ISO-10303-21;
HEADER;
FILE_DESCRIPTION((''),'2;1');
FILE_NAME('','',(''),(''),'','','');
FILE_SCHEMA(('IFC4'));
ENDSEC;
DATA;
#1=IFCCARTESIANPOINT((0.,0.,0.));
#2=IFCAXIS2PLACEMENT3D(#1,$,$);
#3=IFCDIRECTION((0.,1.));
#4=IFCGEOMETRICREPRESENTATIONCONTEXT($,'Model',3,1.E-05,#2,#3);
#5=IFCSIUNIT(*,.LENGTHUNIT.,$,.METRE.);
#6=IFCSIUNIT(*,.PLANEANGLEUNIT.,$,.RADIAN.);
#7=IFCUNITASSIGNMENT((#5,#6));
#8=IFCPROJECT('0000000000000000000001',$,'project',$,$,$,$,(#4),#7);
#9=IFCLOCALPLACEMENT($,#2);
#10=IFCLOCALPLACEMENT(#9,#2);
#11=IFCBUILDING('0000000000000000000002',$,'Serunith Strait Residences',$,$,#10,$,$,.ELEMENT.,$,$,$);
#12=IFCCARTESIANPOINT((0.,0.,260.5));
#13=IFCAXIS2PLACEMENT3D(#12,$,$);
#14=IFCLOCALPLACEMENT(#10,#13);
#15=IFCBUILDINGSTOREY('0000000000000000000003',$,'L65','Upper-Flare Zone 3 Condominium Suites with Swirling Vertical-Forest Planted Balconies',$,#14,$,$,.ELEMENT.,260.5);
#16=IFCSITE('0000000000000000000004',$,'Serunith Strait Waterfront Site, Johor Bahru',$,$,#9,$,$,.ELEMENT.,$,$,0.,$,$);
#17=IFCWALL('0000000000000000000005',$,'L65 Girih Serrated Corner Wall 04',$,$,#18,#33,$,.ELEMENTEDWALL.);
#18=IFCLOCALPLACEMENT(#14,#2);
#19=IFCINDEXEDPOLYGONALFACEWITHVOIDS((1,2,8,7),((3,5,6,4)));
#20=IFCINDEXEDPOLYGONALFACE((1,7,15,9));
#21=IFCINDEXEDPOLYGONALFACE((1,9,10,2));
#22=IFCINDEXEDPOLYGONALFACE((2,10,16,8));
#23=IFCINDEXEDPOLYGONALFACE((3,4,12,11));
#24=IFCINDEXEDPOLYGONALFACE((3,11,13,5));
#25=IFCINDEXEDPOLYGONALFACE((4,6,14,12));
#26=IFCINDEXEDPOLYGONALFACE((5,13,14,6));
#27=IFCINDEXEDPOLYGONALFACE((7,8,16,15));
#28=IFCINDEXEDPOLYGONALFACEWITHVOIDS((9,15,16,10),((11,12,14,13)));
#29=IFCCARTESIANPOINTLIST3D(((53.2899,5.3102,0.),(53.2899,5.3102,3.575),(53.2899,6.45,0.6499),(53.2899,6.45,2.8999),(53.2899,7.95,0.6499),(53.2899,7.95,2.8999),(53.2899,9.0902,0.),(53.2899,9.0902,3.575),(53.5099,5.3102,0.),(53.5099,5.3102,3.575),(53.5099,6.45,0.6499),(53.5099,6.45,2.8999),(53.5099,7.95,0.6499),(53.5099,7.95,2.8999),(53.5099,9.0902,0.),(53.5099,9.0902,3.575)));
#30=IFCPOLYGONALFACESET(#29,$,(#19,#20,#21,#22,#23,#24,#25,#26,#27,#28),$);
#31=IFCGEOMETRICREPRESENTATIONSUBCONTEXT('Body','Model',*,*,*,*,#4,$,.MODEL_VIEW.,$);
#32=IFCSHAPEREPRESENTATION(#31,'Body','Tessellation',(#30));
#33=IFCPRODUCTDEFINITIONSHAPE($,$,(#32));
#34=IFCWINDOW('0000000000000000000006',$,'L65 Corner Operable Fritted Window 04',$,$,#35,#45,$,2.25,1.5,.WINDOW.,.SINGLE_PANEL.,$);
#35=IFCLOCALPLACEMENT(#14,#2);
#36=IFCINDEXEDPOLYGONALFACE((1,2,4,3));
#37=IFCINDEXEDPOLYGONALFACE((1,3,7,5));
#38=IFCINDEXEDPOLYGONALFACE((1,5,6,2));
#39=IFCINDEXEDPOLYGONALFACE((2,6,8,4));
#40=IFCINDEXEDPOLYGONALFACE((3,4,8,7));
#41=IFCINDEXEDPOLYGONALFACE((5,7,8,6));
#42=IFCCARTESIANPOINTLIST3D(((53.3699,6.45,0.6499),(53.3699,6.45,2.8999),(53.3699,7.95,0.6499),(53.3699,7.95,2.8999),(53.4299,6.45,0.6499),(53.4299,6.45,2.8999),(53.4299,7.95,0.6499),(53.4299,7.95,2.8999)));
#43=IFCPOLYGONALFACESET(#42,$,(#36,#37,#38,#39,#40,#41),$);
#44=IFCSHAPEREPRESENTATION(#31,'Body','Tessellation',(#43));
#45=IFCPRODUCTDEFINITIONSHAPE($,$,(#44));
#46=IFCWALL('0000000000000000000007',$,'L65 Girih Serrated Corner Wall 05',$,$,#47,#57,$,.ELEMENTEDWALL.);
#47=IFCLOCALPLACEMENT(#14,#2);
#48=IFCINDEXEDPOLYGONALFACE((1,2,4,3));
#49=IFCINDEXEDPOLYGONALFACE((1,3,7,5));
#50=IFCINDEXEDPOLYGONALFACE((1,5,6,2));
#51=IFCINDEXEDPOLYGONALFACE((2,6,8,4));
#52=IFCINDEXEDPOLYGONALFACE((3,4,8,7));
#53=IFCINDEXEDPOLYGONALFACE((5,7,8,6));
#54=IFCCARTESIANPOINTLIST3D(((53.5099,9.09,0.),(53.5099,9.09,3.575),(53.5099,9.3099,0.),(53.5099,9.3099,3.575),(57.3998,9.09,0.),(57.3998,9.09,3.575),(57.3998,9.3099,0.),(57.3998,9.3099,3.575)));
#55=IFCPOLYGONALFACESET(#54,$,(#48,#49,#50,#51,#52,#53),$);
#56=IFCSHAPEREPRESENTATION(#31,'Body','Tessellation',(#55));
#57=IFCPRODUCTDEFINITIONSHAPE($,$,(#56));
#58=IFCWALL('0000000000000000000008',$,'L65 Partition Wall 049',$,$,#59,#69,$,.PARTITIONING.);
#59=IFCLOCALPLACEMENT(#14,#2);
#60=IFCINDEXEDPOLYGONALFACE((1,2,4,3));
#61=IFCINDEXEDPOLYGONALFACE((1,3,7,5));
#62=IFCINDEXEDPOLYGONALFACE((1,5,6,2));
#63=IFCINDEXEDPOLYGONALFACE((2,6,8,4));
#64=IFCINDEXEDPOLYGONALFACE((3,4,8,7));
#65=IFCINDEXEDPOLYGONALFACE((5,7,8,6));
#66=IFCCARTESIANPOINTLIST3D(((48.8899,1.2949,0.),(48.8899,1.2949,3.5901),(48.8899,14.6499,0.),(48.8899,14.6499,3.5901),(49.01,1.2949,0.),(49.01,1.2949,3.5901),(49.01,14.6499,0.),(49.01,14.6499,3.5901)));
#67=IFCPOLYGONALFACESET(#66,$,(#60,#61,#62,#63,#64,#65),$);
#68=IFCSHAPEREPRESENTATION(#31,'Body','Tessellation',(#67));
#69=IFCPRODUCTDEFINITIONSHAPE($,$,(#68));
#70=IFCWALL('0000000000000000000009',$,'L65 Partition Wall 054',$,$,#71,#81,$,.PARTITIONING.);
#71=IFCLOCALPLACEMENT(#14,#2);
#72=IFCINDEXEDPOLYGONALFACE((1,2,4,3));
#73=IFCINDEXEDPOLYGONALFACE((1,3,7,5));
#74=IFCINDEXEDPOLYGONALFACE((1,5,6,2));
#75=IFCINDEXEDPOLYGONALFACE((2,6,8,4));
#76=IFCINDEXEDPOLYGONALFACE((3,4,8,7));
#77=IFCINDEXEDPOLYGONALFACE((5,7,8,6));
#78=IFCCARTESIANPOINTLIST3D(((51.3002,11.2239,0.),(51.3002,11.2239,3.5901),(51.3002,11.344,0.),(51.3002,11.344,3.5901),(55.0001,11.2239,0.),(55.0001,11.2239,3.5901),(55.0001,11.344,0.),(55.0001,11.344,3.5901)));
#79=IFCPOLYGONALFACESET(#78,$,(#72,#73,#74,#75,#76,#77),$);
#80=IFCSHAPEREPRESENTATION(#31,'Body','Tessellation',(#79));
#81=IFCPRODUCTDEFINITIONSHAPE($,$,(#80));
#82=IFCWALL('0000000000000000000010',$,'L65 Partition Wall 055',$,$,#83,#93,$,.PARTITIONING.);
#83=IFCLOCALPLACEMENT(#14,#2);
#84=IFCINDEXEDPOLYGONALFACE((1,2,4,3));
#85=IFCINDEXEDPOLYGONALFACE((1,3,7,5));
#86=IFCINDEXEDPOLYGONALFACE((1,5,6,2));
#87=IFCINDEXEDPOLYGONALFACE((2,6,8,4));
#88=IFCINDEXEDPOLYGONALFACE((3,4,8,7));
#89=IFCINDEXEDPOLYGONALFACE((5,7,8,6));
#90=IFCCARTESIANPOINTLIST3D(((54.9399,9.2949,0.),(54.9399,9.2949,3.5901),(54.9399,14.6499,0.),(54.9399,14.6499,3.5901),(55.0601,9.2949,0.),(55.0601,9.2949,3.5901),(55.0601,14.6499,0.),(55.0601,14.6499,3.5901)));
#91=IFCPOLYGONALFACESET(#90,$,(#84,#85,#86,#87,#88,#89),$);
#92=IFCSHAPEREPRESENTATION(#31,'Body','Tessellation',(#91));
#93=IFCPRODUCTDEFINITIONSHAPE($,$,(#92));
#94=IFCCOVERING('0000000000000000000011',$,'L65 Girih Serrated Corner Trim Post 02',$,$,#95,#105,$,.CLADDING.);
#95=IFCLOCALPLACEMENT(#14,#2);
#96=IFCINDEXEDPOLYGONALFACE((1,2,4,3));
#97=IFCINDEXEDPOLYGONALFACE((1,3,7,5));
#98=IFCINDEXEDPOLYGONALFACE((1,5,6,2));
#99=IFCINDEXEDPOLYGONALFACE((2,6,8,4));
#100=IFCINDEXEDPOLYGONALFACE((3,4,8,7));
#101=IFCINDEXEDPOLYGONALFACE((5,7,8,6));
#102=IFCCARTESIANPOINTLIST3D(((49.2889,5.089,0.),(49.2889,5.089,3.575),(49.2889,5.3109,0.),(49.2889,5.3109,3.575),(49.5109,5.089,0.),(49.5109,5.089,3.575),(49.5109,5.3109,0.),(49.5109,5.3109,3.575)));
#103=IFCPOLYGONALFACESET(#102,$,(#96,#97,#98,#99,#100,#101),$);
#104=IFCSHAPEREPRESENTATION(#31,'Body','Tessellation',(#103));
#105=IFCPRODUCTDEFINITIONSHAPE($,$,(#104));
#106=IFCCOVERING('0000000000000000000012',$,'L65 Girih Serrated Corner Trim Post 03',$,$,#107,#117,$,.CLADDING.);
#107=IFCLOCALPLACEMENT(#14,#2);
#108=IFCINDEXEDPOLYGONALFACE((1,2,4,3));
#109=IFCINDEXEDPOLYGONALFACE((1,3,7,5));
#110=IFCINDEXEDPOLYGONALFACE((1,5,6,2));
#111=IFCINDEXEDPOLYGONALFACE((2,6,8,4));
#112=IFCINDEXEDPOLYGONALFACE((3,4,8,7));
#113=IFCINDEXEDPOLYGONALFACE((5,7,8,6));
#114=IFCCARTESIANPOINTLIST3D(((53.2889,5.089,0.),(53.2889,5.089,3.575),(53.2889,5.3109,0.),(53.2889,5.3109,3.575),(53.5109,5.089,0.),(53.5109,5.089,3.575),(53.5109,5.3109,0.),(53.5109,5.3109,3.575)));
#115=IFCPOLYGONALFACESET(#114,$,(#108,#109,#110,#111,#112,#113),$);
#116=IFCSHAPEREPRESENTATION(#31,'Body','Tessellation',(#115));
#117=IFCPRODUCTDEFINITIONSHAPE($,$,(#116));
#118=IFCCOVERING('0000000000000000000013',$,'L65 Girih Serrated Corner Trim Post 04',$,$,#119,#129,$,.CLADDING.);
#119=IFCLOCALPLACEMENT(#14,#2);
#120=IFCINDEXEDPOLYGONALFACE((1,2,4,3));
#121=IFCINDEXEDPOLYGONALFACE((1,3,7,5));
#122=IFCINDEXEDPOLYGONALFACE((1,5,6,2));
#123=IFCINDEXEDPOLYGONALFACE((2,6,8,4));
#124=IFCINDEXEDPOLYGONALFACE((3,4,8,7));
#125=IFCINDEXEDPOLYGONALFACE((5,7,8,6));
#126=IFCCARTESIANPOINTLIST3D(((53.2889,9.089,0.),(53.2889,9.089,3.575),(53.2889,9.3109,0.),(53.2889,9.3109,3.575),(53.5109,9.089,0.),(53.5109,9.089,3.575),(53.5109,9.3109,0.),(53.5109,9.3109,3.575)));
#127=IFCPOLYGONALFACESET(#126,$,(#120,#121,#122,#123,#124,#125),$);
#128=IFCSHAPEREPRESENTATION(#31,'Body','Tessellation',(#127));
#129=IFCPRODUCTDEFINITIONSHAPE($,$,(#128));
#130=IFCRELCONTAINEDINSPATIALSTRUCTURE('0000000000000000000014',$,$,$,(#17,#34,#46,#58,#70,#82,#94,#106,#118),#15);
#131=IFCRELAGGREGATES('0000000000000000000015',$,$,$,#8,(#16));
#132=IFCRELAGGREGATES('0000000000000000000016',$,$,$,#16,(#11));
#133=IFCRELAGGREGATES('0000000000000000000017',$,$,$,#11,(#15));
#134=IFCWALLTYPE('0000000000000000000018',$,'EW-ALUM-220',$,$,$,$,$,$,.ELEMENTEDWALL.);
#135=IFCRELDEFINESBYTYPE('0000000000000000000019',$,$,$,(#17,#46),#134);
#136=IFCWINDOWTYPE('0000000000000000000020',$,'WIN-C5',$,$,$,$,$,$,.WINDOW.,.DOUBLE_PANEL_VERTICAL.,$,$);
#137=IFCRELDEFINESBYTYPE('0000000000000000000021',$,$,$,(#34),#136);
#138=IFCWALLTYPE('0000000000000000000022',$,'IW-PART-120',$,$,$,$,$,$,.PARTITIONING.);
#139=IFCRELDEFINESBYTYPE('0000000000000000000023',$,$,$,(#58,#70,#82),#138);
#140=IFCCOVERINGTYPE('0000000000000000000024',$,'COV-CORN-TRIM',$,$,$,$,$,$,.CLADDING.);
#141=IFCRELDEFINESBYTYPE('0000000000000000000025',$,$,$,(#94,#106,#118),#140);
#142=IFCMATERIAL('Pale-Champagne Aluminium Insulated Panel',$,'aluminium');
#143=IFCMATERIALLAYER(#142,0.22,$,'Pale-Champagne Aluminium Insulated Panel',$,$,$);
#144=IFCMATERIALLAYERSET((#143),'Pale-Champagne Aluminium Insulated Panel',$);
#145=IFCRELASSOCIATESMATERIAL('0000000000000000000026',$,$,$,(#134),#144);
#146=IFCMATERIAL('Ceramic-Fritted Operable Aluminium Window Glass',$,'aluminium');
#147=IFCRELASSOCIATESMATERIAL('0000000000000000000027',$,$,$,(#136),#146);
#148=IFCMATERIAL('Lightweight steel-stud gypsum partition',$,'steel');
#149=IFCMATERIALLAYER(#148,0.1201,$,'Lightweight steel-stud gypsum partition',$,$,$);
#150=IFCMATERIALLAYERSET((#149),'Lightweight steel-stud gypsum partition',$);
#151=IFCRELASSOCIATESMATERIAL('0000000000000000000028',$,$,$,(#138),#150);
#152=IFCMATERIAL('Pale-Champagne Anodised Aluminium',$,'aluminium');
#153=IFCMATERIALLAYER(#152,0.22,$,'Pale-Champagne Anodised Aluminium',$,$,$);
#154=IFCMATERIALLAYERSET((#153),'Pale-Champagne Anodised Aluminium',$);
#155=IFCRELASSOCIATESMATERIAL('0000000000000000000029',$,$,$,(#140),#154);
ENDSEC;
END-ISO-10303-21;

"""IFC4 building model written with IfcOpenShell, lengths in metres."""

from ifc_helpers import new_model, si_unit, direction, frame, frame_2d, origin, origin_2d, place, context, subcontext, project, spatial, rectangle, extrude, source, transform, mapped, material, layer, layer_set, type_object, element, fill, save


model = new_model("IFC4")

# Units and contexts
model_context = context("Model", 3, precision=1e-05, world=origin(), true_north=direction((0.0, 1.0)))
body_context = subcontext(model_context, "Body", "Model", "MODEL_VIEW")
ifc_project = project(units=[si_unit("LENGTHUNIT", "METRE"), si_unit("PLANEANGLEUNIT", "RADIAN")], contexts=[model_context])

# Site, building, storey
site_placement = place(None, origin())
site = spatial("IfcSite", under=ifc_project, at=site_placement, Name="Serunith Strait Waterfront Site, Johor Bahru", CompositionType="ELEMENT", RefElevation=0.0)
building_placement = place(site_placement, origin())
building = spatial("IfcBuilding", under=site, at=building_placement, Name="Serunith Strait Residences", CompositionType="ELEMENT")
storey_placement = place(building_placement, frame((0.0, 0.0, 260.5)))
storey = spatial("IfcBuildingStorey", under=building, at=storey_placement, Name="L65", Description="Upper-Flare Zone 3 Condominium Suites with Swirling Vertical-Forest Planted Balconies", CompositionType="ELEMENT", Elevation=260.5)

# Shared definitions
ifc_material_1 = material(Name="Pale-Champagne Anodised Aluminium", Category="aluminium")

# Shared definitions
ifc_material_2 = material(Name="Pale-Champagne Aluminium Insulated Panel", Category="aluminium")
ifc_layer_1 = layer(ifc_material_2, 0.22, Name="Pale-Champagne Aluminium Insulated Panel")
ifc_layer_set_1 = layer_set([ifc_layer_1], Name="Pale-Champagne Aluminium Insulated Panel")
wall_type_1 = type_object("IfcWallType", Name="EW-ALUM-220", PredefinedType="ELEMENTEDWALL", material=ifc_layer_set_1)

# Wall, opening, window
ifc_material_3 = material(Name="Ceramic-Fritted Operable Aluminium Window Glass", Category="aluminium")
window_type = type_object("IfcWindowType", Name="WIN-C5", PartitioningType="DOUBLE_PANEL_VERTICAL", PredefinedType="WINDOW", material=ifc_material_3)
shared_shape_1 = source(origin(), body_context, "Body", "SweptSolid", [
    extrude(rectangle(XDim=1.5, YDim=2.25, at=frame_2d((0.75, 1.125))), frame((0.0, 0.03, 0.0), z_axis=(0.0, -1.0, 0.0), x_axis=(1.0, 0.0, 0.0)), (0.0, 0.0, 1.0), 0.0601),
])
wall_1_placement = place(storey_placement, frame((53.3999, 5.3101, 0.0), z_axis=(0.0, 0.0, 1.0), x_axis=(0.0, 1.0, 0.0)))
wall_1 = element("IfcWall", 1, at=wall_1_placement, inside=storey, type_object=wall_type_1, Name="L65 Girih Serrated Corner Wall 04", PredefinedType="ELEMENTEDWALL", context=body_context, shape_type="SweptSolid", body=[
    extrude(rectangle(XDim=3.78, YDim=0.22, at=frame_2d((1.8901, 0.0))), origin(), (0.0, 0.0, 1.0), 3.575),
])
opening_1_placement = place(wall_1_placement, frame((1.1399, 0.0, 0.6499)))
opening_1 = element("IfcOpeningElement", 2, at=opening_1_placement, cuts=wall_1, PredefinedType="OPENING", context=body_context, shape_type="SweptSolid", body=[
    extrude(rectangle(XDim=1.5, YDim=2.25, at=frame_2d((0.75, 1.125))), frame((0.0, 0.1201, 0.0), z_axis=(0.0, -1.0, 0.0), x_axis=(1.0, 0.0, 0.0)), (0.0, 0.0, 1.0), 0.24),
])
window_1_placement = place(opening_1_placement, origin())
window_1 = element("IfcWindow", 3, at=window_1_placement, inside=storey, type_object=window_type, Name="L65 Corner Operable Fritted Window 04", OverallHeight=2.25, OverallWidth=1.5, PartitioningType="SINGLE_PANEL", PredefinedType="WINDOW", context=body_context, shape_type="MappedRepresentation", body=[
    mapped(shared_shape_1, transform((0.0, 0.0, 0.0), scale=1.0)),
])
fill(opening_1, window_1)

# Walls
wall_2_placement = place(storey_placement, frame((53.51, 9.2, 0.0), z_axis=(0.0, 0.0, 1.0), x_axis=(1.0, 0.0, 0.0)))
element("IfcWall", 4, at=wall_2_placement, inside=storey, type_object=wall_type_1, Name="L65 Girih Serrated Corner Wall 05", PredefinedType="ELEMENTEDWALL", context=body_context, shape_type="SweptSolid", body=[
    extrude(rectangle(XDim=3.8899, YDim=0.22, at=frame_2d((1.9448, 0.0))), origin(), (0.0, 0.0, 1.0), 3.575),
])
ifc_material_4 = material(Name="Lightweight steel-stud gypsum partition", Category="steel")
ifc_layer_2 = layer(ifc_material_4, 0.1201, Name="Lightweight steel-stud gypsum partition")
ifc_layer_set_2 = layer_set([ifc_layer_2], Name="Lightweight steel-stud gypsum partition")
wall_type_2 = type_object("IfcWallType", Name="IW-PART-120", PredefinedType="PARTITIONING", material=ifc_layer_set_2)
wall_3_placement = place(storey_placement, frame((48.95, 1.2949, 0.0), z_axis=(0.0, 0.0, 1.0), x_axis=(0.0, 1.0, 0.0)))
element("IfcWall", 5, at=wall_3_placement, inside=storey, type_object=wall_type_2, Name="L65 Partition Wall 049", PredefinedType="PARTITIONING", context=body_context, shape_type="SweptSolid", body=[
    extrude(rectangle(XDim=13.355, YDim=0.1201, at=frame_2d((6.6775, 0.0))), origin(), (0.0, 0.0, 1.0), 3.5901),
])
wall_4_placement = place(storey_placement, frame((51.3, 11.2839, 0.0), z_axis=(0.0, 0.0, 1.0), x_axis=(1.0, 0.0, 0.0)))
element("IfcWall", 6, at=wall_4_placement, inside=storey, type_object=wall_type_2, Name="L65 Partition Wall 054", PredefinedType="PARTITIONING", context=body_context, shape_type="SweptSolid", body=[
    extrude(rectangle(XDim=3.7, YDim=0.1201, at=frame_2d((1.8501, 0.0))), origin(), (0.0, 0.0, 1.0), 3.5901),
])
wall_5_placement = place(storey_placement, frame((55.0, 9.2949, 0.0), z_axis=(0.0, 0.0, 1.0), x_axis=(0.0, 1.0, 0.0)))
element("IfcWall", 7, at=wall_5_placement, inside=storey, type_object=wall_type_2, Name="L65 Partition Wall 055", PredefinedType="PARTITIONING", context=body_context, shape_type="SweptSolid", body=[
    extrude(rectangle(XDim=5.355, YDim=0.1201, at=frame_2d((2.6775, 0.0))), origin(), (0.0, 0.0, 1.0), 3.5901),
])

# Coverings
ifc_layer_3 = layer(ifc_material_1, 0.22, Name="Pale-Champagne Anodised Aluminium")
ifc_layer_set_3 = layer_set([ifc_layer_3], Name="Pale-Champagne Anodised Aluminium")
covering_type = type_object("IfcCoveringType", Name="COV-CORN-TRIM", PredefinedType="CLADDING", material=ifc_layer_set_3)
shared_shape_2 = source(origin(), body_context, "Body", "SweptSolid", [
    extrude(rectangle(XDim=0.2219, YDim=0.2219, at=origin_2d()), origin(), (0.0, 0.0, 1.0), 3.575),
])
for number, where, z_axis, x_axis, name in (
    (8, (49.3999, 5.2, 0.0), (0.0, 0.0, 1.0), (1.0, 0.0, 0.0), "L65 Girih Serrated Corner Trim Post 02"),
    (9, (53.3999, 5.2, 0.0), (0.0, 0.0, 1.0), (1.0, 0.0, 0.0), "L65 Girih Serrated Corner Trim Post 03"),
    (10, (53.3999, 9.2, 0.0), (0.0, 0.0, 1.0), (1.0, 0.0, 0.0), "L65 Girih Serrated Corner Trim Post 04"),
):
    element("IfcCovering", number, at=place(storey_placement, frame(where, z_axis=z_axis, x_axis=x_axis)), inside=storey, type_object=covering_type, Name=name, PredefinedType="CLADDING", context=body_context, shape_type="MappedRepresentation", body=[
        mapped(shared_shape_2, transform((0.0, 0.0, 0.0), scale=1.0)),
    ])

save(model, "model.ifc")
